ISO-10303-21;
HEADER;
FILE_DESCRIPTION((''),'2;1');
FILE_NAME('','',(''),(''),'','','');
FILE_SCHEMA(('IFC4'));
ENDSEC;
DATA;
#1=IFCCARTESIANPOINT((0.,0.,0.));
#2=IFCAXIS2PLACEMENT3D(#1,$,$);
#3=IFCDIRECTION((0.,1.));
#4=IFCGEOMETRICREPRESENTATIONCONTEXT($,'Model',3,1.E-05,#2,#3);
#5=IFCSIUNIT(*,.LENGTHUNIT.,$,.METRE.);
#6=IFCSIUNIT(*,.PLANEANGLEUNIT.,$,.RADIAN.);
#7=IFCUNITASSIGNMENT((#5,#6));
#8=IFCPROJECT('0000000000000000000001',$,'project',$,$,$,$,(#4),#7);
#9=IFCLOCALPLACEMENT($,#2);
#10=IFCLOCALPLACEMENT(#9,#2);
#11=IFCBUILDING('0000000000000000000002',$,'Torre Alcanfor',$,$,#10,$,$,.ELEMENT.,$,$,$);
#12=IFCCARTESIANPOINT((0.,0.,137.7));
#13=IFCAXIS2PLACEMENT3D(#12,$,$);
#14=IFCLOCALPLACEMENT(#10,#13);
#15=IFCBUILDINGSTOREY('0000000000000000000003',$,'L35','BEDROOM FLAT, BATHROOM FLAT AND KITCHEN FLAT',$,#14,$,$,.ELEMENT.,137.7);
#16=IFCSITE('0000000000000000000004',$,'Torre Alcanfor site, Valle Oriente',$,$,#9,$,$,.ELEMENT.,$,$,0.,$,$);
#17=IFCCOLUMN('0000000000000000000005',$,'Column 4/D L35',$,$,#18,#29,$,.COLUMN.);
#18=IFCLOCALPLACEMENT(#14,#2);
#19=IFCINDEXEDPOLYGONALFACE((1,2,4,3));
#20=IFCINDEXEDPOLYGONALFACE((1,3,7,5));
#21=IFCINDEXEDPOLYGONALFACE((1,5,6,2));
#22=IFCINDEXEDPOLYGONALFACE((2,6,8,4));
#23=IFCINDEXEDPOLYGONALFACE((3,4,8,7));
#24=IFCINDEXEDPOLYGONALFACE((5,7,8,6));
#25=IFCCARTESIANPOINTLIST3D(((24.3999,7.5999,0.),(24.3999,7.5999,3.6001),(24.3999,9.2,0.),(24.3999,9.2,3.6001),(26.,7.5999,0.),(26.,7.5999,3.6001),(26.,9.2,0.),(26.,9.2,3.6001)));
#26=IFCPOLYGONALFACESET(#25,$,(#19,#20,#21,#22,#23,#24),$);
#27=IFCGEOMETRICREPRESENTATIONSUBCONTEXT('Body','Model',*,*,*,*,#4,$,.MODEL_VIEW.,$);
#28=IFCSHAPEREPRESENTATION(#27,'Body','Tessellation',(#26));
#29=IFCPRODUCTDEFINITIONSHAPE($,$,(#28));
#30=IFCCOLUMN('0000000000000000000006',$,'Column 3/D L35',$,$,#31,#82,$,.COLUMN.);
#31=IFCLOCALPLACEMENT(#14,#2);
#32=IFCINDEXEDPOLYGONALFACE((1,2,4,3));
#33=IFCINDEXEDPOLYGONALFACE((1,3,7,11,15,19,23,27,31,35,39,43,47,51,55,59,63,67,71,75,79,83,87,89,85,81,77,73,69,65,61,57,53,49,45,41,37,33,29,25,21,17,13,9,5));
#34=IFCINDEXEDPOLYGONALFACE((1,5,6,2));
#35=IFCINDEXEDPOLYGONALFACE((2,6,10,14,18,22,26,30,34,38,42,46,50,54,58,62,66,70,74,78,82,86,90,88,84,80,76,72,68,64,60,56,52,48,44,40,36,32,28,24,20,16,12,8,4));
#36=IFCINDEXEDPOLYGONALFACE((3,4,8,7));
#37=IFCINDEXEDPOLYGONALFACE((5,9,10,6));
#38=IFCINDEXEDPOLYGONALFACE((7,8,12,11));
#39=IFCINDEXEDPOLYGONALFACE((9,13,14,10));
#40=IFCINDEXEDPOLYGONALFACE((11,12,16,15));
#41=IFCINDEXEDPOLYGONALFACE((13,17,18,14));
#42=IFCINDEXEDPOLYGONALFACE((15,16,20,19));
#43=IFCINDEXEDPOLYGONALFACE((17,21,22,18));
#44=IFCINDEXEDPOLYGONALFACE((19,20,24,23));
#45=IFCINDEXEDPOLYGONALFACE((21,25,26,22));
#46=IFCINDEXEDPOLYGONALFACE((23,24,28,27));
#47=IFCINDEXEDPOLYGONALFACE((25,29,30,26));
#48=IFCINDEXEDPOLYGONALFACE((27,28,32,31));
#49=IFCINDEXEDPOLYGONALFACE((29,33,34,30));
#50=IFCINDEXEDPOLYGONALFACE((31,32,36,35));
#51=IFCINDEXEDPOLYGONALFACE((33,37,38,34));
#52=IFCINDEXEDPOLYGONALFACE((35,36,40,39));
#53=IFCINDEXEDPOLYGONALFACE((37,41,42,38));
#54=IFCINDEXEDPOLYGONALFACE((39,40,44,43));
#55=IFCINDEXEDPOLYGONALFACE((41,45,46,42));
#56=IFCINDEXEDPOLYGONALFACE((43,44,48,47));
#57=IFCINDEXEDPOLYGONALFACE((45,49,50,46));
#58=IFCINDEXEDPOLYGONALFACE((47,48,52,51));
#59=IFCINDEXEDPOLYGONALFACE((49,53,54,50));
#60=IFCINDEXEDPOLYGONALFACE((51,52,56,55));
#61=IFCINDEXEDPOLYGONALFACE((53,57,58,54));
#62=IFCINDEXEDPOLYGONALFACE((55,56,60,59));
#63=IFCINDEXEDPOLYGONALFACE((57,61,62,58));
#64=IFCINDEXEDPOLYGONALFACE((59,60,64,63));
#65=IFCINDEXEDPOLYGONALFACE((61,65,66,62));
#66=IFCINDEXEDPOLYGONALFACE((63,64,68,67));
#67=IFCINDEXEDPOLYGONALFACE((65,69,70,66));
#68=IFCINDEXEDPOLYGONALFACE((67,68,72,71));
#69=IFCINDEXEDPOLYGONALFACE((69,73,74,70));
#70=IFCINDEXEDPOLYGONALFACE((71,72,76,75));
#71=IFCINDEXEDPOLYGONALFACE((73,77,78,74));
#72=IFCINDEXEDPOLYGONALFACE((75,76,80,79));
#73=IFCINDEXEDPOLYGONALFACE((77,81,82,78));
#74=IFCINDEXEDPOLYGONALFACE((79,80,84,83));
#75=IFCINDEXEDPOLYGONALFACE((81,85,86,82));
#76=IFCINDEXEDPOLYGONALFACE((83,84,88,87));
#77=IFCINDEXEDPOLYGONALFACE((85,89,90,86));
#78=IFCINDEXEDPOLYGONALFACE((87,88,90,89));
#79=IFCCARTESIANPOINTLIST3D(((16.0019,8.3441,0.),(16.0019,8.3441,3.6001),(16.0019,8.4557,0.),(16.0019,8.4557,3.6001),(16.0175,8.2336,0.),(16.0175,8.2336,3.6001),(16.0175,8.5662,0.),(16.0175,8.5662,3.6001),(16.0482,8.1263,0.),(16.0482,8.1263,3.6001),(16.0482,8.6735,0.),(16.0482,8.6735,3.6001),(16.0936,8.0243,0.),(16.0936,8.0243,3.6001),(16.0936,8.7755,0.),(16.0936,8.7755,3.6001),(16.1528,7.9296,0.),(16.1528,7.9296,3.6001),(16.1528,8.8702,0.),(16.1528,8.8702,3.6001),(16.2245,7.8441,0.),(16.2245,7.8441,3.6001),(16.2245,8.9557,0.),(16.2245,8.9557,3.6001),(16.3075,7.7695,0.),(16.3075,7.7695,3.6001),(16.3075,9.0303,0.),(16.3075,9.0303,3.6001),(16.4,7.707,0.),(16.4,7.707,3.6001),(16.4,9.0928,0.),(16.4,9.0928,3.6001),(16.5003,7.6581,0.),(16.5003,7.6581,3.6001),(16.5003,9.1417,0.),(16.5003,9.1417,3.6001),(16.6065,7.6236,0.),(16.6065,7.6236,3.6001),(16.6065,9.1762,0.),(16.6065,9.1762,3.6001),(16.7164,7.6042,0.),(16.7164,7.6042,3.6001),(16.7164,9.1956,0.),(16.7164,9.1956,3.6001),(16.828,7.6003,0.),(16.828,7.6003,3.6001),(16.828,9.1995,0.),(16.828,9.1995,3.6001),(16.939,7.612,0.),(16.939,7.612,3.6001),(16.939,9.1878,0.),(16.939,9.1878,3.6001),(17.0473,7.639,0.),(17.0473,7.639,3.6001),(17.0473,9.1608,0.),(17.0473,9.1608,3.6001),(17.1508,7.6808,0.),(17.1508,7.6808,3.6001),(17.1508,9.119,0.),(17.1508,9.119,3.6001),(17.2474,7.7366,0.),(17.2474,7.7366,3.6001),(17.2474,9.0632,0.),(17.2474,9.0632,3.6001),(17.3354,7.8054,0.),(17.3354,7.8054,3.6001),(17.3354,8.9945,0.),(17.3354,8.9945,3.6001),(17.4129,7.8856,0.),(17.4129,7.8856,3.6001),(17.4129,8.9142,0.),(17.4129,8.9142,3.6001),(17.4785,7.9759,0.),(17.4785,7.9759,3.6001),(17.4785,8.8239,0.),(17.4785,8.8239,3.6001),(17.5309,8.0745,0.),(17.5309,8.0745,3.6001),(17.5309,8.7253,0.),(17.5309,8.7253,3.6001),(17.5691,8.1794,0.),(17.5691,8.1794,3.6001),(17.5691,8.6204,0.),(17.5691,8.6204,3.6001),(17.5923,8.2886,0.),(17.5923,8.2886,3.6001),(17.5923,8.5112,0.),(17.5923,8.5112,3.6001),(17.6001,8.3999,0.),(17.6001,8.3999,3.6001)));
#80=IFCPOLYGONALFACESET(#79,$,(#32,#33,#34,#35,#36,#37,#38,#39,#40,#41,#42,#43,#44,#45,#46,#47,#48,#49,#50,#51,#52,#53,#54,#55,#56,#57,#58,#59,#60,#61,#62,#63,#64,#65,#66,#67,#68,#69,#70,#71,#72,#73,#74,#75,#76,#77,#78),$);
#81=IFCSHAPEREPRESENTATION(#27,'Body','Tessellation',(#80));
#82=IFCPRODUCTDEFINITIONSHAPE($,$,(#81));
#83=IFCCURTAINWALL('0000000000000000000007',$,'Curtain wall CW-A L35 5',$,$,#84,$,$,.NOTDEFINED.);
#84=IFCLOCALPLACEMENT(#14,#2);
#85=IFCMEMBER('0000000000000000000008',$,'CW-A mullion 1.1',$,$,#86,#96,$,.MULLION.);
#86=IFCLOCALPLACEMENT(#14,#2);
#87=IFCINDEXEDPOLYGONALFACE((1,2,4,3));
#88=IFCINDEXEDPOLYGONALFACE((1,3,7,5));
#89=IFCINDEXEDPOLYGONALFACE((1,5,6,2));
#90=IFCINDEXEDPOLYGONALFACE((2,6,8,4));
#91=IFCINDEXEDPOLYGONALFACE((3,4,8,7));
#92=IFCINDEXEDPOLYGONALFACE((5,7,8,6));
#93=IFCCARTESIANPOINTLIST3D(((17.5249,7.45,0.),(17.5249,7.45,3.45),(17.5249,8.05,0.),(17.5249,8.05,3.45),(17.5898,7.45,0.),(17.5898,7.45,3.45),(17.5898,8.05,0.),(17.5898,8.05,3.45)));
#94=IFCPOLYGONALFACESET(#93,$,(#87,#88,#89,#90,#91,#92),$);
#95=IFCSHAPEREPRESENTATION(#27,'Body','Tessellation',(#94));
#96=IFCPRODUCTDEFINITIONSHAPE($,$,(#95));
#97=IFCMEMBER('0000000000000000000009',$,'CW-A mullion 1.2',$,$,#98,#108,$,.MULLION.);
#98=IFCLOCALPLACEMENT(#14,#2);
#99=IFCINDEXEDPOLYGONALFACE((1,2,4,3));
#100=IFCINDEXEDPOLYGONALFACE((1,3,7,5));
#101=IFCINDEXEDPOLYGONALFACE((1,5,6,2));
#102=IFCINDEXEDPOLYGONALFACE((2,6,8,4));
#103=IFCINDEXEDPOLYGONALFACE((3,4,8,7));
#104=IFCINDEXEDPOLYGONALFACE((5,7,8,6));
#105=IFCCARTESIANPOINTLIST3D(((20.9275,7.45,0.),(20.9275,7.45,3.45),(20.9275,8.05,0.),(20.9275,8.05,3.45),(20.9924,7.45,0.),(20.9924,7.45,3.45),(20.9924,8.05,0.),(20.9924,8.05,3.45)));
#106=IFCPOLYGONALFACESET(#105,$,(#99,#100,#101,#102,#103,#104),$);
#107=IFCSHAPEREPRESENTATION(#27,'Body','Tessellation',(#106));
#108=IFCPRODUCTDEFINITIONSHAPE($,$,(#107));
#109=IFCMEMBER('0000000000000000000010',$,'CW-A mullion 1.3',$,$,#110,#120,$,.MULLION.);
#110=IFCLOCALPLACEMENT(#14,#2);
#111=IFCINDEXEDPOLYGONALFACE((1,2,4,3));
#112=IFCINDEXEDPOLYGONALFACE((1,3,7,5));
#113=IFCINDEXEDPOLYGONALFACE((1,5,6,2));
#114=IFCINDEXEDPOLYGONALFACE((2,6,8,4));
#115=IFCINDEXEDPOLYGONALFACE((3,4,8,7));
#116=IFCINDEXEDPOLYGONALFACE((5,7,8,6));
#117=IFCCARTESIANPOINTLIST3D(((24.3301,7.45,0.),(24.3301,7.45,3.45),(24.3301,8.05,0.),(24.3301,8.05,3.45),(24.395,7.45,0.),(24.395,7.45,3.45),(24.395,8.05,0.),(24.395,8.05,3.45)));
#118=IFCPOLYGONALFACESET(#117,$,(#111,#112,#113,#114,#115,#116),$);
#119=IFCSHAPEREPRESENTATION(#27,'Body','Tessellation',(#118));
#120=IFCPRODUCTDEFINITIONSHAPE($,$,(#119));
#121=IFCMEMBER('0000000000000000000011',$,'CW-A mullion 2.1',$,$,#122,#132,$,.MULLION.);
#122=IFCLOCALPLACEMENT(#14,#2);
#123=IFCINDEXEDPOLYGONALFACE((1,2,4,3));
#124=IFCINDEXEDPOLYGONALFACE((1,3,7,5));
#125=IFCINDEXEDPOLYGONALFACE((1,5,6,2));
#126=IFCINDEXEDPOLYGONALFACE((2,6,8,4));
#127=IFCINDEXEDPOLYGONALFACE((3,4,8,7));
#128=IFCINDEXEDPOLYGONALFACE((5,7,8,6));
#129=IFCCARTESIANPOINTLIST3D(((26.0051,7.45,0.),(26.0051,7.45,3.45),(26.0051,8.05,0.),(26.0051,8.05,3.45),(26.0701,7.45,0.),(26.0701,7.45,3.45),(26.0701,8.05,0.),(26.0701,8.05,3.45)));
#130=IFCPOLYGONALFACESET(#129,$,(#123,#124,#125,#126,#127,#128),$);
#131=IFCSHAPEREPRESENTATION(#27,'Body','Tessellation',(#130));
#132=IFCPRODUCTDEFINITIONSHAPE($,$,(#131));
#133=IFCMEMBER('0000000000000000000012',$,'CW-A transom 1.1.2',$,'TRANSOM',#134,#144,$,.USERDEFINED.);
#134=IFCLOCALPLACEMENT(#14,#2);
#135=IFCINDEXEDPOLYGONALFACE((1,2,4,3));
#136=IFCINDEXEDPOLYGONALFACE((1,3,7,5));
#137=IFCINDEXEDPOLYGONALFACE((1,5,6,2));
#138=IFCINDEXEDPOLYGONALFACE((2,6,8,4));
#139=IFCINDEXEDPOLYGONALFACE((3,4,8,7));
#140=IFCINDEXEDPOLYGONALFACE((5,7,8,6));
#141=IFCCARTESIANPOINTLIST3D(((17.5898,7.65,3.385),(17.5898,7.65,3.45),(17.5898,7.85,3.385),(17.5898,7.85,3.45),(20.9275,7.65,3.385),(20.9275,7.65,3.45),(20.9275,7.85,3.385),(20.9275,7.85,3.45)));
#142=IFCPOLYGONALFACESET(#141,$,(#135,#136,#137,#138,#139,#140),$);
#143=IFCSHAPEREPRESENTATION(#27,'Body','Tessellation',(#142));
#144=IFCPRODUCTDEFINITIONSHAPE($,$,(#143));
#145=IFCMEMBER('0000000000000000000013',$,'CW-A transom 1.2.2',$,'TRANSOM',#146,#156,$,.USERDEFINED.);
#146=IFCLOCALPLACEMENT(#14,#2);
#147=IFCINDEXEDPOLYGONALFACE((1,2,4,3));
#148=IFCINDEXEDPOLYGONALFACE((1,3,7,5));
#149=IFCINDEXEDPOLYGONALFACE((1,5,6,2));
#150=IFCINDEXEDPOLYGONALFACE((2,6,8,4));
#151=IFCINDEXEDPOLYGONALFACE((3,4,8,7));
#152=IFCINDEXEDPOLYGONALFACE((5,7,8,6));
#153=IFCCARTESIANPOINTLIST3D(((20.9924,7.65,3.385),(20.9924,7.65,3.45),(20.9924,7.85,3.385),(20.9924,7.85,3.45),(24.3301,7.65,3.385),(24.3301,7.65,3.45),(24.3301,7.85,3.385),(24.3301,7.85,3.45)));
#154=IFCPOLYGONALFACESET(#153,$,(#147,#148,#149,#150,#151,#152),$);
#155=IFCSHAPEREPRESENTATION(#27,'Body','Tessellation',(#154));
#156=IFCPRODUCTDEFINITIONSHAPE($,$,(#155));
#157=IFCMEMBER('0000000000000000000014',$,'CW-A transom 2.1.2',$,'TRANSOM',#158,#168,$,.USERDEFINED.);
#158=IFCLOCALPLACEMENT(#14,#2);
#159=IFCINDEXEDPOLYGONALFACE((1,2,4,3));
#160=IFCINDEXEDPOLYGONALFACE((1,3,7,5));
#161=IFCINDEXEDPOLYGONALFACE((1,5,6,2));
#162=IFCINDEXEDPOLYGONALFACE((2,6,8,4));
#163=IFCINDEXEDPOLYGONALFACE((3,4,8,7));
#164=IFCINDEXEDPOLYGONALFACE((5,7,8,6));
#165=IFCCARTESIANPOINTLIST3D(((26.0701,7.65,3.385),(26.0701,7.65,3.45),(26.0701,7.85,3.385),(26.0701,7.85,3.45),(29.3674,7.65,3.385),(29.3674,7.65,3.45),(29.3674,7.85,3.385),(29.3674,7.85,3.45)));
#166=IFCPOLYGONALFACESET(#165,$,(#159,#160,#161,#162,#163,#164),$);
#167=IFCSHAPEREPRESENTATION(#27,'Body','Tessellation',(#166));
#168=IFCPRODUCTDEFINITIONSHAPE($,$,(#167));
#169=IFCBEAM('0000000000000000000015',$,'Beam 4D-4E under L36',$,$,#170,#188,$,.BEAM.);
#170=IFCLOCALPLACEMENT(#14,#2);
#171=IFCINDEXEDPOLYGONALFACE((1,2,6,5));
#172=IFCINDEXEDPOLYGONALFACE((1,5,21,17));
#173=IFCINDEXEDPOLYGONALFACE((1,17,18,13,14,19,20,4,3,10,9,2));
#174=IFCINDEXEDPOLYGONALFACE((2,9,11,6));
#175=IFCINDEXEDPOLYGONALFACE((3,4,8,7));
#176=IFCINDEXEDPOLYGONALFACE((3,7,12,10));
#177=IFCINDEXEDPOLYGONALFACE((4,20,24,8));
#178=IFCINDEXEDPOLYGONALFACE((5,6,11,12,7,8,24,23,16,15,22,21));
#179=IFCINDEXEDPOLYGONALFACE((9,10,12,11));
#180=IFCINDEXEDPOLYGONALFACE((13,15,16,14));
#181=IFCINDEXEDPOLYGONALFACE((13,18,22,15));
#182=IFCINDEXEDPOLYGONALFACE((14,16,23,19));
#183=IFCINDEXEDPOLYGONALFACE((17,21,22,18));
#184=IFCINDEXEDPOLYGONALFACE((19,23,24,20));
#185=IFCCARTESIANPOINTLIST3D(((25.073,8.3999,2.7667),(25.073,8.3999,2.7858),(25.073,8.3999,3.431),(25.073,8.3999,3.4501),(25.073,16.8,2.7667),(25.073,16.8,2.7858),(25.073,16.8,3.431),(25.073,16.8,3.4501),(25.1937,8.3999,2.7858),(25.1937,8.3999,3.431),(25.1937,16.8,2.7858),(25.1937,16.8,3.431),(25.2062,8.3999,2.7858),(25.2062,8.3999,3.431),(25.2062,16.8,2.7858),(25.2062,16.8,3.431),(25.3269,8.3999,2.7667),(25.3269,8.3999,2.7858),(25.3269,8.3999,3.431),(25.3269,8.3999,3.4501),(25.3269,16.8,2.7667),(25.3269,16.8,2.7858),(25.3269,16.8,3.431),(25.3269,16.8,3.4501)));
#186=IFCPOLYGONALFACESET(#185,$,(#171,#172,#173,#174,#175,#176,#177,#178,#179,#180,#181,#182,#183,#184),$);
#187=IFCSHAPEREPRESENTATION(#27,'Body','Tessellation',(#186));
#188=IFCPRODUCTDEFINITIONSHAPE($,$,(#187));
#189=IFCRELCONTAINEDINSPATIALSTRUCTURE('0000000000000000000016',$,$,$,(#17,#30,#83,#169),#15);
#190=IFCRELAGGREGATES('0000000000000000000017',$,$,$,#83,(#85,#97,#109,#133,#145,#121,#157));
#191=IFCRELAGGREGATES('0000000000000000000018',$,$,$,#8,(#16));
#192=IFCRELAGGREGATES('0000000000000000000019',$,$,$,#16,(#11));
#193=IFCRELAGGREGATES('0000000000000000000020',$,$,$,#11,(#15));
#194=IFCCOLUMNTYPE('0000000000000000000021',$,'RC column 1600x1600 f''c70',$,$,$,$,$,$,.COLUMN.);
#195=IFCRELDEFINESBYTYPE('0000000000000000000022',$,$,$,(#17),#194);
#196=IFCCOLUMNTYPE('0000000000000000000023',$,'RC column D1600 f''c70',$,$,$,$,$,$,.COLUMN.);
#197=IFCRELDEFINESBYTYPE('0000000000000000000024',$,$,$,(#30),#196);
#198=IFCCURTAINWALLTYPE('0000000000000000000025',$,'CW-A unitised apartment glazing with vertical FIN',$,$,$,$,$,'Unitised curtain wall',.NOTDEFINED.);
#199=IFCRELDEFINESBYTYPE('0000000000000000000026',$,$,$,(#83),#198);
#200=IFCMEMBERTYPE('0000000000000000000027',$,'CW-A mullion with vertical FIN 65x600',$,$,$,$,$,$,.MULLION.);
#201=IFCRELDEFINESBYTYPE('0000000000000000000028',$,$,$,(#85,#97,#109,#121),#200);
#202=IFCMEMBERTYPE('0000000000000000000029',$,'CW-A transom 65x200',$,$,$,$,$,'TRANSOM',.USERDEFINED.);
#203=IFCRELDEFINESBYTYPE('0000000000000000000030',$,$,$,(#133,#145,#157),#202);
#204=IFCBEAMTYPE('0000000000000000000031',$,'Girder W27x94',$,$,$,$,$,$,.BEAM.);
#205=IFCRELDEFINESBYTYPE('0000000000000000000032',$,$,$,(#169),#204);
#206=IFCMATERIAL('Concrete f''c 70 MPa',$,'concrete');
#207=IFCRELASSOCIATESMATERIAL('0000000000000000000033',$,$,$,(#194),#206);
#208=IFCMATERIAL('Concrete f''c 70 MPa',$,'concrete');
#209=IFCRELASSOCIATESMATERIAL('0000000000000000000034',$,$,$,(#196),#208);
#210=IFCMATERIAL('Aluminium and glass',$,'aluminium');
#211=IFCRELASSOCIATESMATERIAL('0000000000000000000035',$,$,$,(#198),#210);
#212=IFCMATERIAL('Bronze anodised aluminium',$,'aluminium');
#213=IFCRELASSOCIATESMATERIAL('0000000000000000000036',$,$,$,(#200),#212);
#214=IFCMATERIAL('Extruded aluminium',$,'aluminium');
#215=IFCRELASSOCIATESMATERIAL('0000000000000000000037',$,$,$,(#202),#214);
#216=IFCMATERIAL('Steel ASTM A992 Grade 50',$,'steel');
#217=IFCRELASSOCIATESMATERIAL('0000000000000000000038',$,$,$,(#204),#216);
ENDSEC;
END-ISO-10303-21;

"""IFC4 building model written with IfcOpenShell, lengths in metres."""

from ifc_helpers import new_model, si_unit, direction, frame, origin, origin_2d, place, context, subcontext, project, spatial, rectangle, circle, i_section, extrude, material, material_profile, profile_set, type_object, element, aggregate, save


model = new_model("IFC4")

# Units and contexts
model_context = context("Model", 3, precision=1e-05, world=origin(), true_north=direction((0.0, 1.0)))
body_context = subcontext(model_context, "Body", "Model", "MODEL_VIEW")
ifc_project = project(units=[si_unit("LENGTHUNIT", "METRE"), si_unit("PLANEANGLEUNIT", "RADIAN")], contexts=[model_context])

# Site, building, storey
site_placement = place(None, origin())
site = spatial("IfcSite", under=ifc_project, at=site_placement, Name="Torre Alcanfor site, Valle Oriente", CompositionType="ELEMENT", RefElevation=0.0)
building_placement = place(site_placement, origin())
building = spatial("IfcBuilding", under=site, at=building_placement, Name="Torre Alcanfor", CompositionType="ELEMENT")
storey_placement = place(building_placement, frame((0.0, 0.0, 137.7)))
storey = spatial("IfcBuildingStorey", under=building, at=storey_placement, Name="L35", Description="BEDROOM FLAT, BATHROOM FLAT AND KITCHEN FLAT", CompositionType="ELEMENT", Elevation=137.7)

# Columns
ifc_material_1 = material(Name="Concrete f'c 70 MPa", Category="concrete")
ifc_material_profile_1 = material_profile(ifc_material_1, rectangle(XDim=1.6001, YDim=1.6001, at=origin_2d()), Name="1600x1600")
ifc_profile_set_1 = profile_set([ifc_material_profile_1], Name="Concrete f'c 70 MPa")
column_type_1 = type_object("IfcColumnType", Name="RC column 1600x1600 f'c70", PredefinedType="COLUMN", material=ifc_profile_set_1)
column_1_placement = place(storey_placement, frame((25.2, 8.3999, 0.0), z_axis=(0.0, 0.0, 1.0), x_axis=(1.0, 0.0, 0.0)))
element("IfcColumn", 1, at=column_1_placement, inside=storey, type_object=column_type_1, Name="Column 4/D L35", PredefinedType="COLUMN", context=body_context, shape_type="SweptSolid", body=[
    extrude(rectangle(XDim=1.6001, YDim=1.6001, at=origin_2d()), origin(), (0.0, 0.0, 1.0), 3.6001),
])
ifc_material_2 = material(Name="Concrete f'c 70 MPa", Category="concrete")
ifc_material_profile_2 = material_profile(ifc_material_2, circle(Radius=0.8, at=origin_2d()), Name="D1600")
ifc_profile_set_2 = profile_set([ifc_material_profile_2], Name="Concrete f'c 70 MPa")
column_type_2 = type_object("IfcColumnType", Name="RC column D1600 f'c70", PredefinedType="COLUMN", material=ifc_profile_set_2)
column_2_placement = place(storey_placement, frame((16.8, 8.3999, 0.0), z_axis=(0.0, 0.0, 1.0), x_axis=(1.0, 0.0, 0.0)))
element("IfcColumn", 2, at=column_2_placement, inside=storey, type_object=column_type_2, Name="Column 3/D L35", PredefinedType="COLUMN", context=body_context, shape_type="SweptSolid", body=[
    extrude(circle(Radius=0.8, at=origin_2d()), origin(), (0.0, 0.0, 1.0), 3.6001),
])

# Curtain wall, members
ifc_material_3 = material(Name="Aluminium and glass", Category="aluminium")
curtain_wall_type = type_object("IfcCurtainWallType", Name="CW-A unitised apartment glazing with vertical FIN", ElementType="Unitised curtain wall", PredefinedType="NOTDEFINED", material=ifc_material_3)
curtain_wall_placement = place(storey_placement, origin())
curtain_wall = element("IfcCurtainWall", 3, at=curtain_wall_placement, inside=storey, type_object=curtain_wall_type, Name="Curtain wall CW-A L35 5", PredefinedType="NOTDEFINED")
ifc_material_4 = material(Name="Bronze anodised aluminium", Category="aluminium")
ifc_material_profile_3 = material_profile(ifc_material_4, rectangle(XDim=0.6001, YDim=0.0649, at=origin_2d()), Name="CW-A mullion 65x600")
ifc_profile_set_3 = profile_set([ifc_material_profile_3], Name="Bronze anodised aluminium")
member_type_1 = type_object("IfcMemberType", Name="CW-A mullion with vertical FIN 65x600", PredefinedType="MULLION", material=ifc_profile_set_3)
member_1_placement = place(storey_placement, frame((17.5574, 7.75, 0.0), z_axis=(0.0, 0.0, 1.0), x_axis=(0.0, 1.0, 0.0)))
member_1 = element("IfcMember", 4, at=member_1_placement, type_object=member_type_1, Name="CW-A mullion 1.1", PredefinedType="MULLION", context=body_context, shape_type="SweptSolid", body=[
    extrude(rectangle(XDim=0.6001, YDim=0.0649, at=origin_2d()), origin(), (0.0, 0.0, 1.0), 3.45),
])
member_2_placement = place(storey_placement, frame((20.96, 7.75, 0.0), z_axis=(0.0, 0.0, 1.0), x_axis=(0.0, 1.0, 0.0)))
member_2 = element("IfcMember", 5, at=member_2_placement, type_object=member_type_1, Name="CW-A mullion 1.2", PredefinedType="MULLION", context=body_context, shape_type="SweptSolid", body=[
    extrude(rectangle(XDim=0.6001, YDim=0.0649, at=origin_2d()), origin(), (0.0, 0.0, 1.0), 3.45),
])
member_3_placement = place(storey_placement, frame((24.3625, 7.75, 0.0), z_axis=(0.0, 0.0, 1.0), x_axis=(0.0, 1.0, 0.0)))
member_3 = element("IfcMember", 6, at=member_3_placement, type_object=member_type_1, Name="CW-A mullion 1.3", PredefinedType="MULLION", context=body_context, shape_type="SweptSolid", body=[
    extrude(rectangle(XDim=0.6001, YDim=0.0649, at=origin_2d()), origin(), (0.0, 0.0, 1.0), 3.45),
])
member_4_placement = place(storey_placement, frame((26.0376, 7.75, 0.0), z_axis=(0.0, 0.0, 1.0), x_axis=(0.0, 1.0, 0.0)))
member_4 = element("IfcMember", 7, at=member_4_placement, type_object=member_type_1, Name="CW-A mullion 2.1", PredefinedType="MULLION", context=body_context, shape_type="SweptSolid", body=[
    extrude(rectangle(XDim=0.6001, YDim=0.0649, at=origin_2d()), origin(), (0.0, 0.0, 1.0), 3.45),
])
ifc_material_5 = material(Name="Extruded aluminium", Category="aluminium")
ifc_material_profile_4 = material_profile(ifc_material_5, rectangle(XDim=0.2, YDim=0.0649, at=origin_2d()), Name="CW-A transom 200x65")
ifc_profile_set_4 = profile_set([ifc_material_profile_4], Name="Extruded aluminium")
member_type_2 = type_object("IfcMemberType", Name="CW-A transom 65x200", ElementType="TRANSOM", PredefinedType="USERDEFINED", material=ifc_profile_set_4)
member_5_placement = place(storey_placement, frame((17.5898, 7.75, 3.4175), z_axis=(1.0, 0.0, 0.0), x_axis=(0.0, 1.0, 0.0)))
member_5 = element("IfcMember", 8, at=member_5_placement, type_object=member_type_2, Name="CW-A transom 1.1.2", ObjectType="TRANSOM", PredefinedType="USERDEFINED", context=body_context, shape_type="SweptSolid", body=[
    extrude(rectangle(XDim=0.2, YDim=0.0649, at=origin_2d()), origin(), (0.0, 0.0, 1.0), 3.3376),
])
member_6_placement = place(storey_placement, frame((20.9924, 7.75, 3.4175), z_axis=(1.0, 0.0, 0.0), x_axis=(0.0, 1.0, 0.0)))
member_6 = element("IfcMember", 9, at=member_6_placement, type_object=member_type_2, Name="CW-A transom 1.2.2", ObjectType="TRANSOM", PredefinedType="USERDEFINED", context=body_context, shape_type="SweptSolid", body=[
    extrude(rectangle(XDim=0.2, YDim=0.0649, at=origin_2d()), origin(), (0.0, 0.0, 1.0), 3.3376),
])
member_7_placement = place(storey_placement, frame((26.0701, 7.75, 3.4175), z_axis=(1.0, 0.0, 0.0), x_axis=(0.0, 1.0, 0.0)))
member_7 = element("IfcMember", 10, at=member_7_placement, type_object=member_type_2, Name="CW-A transom 2.1.2", ObjectType="TRANSOM", PredefinedType="USERDEFINED", context=body_context, shape_type="SweptSolid", body=[
    extrude(rectangle(XDim=0.2, YDim=0.0649, at=origin_2d()), origin(), (0.0, 0.0, 1.0), 3.2974),
])

# Beam
ifc_material_6 = material(Name="Steel ASTM A992 Grade 50", Category="steel")
ifc_material_profile_5 = material_profile(ifc_material_6, i_section(OverallWidth=0.2539, OverallDepth=0.6833, WebThickness=0.0125, FlangeThickness=0.019, at=origin_2d()), Name="W27x94")
ifc_profile_set_5 = profile_set([ifc_material_profile_5], Name="Steel ASTM A992 Grade 50")
beam_type_1 = type_object("IfcBeamType", Name="Girder W27x94", PredefinedType="BEAM", material=ifc_profile_set_5)
beam_1_placement = place(storey_placement, frame((25.2, 8.3999, 3.1084), z_axis=(0.0, 1.0, 0.0), x_axis=(-1.0, 0.0, 0.0)))
element("IfcBeam", 11, at=beam_1_placement, inside=storey, type_object=beam_type_1, Name="Beam 4D-4E under L36", PredefinedType="BEAM", context=body_context, shape_type="SweptSolid", body=[
    extrude(i_section(OverallWidth=0.2539, OverallDepth=0.6833, WebThickness=0.0125, FlangeThickness=0.019, at=origin_2d()), origin(), (0.0, 0.0, 1.0), 8.4001),
])

aggregate(curtain_wall, [member_1, member_2, member_3, member_5, member_6, member_4, member_7])

save(model, "model.ifc")
